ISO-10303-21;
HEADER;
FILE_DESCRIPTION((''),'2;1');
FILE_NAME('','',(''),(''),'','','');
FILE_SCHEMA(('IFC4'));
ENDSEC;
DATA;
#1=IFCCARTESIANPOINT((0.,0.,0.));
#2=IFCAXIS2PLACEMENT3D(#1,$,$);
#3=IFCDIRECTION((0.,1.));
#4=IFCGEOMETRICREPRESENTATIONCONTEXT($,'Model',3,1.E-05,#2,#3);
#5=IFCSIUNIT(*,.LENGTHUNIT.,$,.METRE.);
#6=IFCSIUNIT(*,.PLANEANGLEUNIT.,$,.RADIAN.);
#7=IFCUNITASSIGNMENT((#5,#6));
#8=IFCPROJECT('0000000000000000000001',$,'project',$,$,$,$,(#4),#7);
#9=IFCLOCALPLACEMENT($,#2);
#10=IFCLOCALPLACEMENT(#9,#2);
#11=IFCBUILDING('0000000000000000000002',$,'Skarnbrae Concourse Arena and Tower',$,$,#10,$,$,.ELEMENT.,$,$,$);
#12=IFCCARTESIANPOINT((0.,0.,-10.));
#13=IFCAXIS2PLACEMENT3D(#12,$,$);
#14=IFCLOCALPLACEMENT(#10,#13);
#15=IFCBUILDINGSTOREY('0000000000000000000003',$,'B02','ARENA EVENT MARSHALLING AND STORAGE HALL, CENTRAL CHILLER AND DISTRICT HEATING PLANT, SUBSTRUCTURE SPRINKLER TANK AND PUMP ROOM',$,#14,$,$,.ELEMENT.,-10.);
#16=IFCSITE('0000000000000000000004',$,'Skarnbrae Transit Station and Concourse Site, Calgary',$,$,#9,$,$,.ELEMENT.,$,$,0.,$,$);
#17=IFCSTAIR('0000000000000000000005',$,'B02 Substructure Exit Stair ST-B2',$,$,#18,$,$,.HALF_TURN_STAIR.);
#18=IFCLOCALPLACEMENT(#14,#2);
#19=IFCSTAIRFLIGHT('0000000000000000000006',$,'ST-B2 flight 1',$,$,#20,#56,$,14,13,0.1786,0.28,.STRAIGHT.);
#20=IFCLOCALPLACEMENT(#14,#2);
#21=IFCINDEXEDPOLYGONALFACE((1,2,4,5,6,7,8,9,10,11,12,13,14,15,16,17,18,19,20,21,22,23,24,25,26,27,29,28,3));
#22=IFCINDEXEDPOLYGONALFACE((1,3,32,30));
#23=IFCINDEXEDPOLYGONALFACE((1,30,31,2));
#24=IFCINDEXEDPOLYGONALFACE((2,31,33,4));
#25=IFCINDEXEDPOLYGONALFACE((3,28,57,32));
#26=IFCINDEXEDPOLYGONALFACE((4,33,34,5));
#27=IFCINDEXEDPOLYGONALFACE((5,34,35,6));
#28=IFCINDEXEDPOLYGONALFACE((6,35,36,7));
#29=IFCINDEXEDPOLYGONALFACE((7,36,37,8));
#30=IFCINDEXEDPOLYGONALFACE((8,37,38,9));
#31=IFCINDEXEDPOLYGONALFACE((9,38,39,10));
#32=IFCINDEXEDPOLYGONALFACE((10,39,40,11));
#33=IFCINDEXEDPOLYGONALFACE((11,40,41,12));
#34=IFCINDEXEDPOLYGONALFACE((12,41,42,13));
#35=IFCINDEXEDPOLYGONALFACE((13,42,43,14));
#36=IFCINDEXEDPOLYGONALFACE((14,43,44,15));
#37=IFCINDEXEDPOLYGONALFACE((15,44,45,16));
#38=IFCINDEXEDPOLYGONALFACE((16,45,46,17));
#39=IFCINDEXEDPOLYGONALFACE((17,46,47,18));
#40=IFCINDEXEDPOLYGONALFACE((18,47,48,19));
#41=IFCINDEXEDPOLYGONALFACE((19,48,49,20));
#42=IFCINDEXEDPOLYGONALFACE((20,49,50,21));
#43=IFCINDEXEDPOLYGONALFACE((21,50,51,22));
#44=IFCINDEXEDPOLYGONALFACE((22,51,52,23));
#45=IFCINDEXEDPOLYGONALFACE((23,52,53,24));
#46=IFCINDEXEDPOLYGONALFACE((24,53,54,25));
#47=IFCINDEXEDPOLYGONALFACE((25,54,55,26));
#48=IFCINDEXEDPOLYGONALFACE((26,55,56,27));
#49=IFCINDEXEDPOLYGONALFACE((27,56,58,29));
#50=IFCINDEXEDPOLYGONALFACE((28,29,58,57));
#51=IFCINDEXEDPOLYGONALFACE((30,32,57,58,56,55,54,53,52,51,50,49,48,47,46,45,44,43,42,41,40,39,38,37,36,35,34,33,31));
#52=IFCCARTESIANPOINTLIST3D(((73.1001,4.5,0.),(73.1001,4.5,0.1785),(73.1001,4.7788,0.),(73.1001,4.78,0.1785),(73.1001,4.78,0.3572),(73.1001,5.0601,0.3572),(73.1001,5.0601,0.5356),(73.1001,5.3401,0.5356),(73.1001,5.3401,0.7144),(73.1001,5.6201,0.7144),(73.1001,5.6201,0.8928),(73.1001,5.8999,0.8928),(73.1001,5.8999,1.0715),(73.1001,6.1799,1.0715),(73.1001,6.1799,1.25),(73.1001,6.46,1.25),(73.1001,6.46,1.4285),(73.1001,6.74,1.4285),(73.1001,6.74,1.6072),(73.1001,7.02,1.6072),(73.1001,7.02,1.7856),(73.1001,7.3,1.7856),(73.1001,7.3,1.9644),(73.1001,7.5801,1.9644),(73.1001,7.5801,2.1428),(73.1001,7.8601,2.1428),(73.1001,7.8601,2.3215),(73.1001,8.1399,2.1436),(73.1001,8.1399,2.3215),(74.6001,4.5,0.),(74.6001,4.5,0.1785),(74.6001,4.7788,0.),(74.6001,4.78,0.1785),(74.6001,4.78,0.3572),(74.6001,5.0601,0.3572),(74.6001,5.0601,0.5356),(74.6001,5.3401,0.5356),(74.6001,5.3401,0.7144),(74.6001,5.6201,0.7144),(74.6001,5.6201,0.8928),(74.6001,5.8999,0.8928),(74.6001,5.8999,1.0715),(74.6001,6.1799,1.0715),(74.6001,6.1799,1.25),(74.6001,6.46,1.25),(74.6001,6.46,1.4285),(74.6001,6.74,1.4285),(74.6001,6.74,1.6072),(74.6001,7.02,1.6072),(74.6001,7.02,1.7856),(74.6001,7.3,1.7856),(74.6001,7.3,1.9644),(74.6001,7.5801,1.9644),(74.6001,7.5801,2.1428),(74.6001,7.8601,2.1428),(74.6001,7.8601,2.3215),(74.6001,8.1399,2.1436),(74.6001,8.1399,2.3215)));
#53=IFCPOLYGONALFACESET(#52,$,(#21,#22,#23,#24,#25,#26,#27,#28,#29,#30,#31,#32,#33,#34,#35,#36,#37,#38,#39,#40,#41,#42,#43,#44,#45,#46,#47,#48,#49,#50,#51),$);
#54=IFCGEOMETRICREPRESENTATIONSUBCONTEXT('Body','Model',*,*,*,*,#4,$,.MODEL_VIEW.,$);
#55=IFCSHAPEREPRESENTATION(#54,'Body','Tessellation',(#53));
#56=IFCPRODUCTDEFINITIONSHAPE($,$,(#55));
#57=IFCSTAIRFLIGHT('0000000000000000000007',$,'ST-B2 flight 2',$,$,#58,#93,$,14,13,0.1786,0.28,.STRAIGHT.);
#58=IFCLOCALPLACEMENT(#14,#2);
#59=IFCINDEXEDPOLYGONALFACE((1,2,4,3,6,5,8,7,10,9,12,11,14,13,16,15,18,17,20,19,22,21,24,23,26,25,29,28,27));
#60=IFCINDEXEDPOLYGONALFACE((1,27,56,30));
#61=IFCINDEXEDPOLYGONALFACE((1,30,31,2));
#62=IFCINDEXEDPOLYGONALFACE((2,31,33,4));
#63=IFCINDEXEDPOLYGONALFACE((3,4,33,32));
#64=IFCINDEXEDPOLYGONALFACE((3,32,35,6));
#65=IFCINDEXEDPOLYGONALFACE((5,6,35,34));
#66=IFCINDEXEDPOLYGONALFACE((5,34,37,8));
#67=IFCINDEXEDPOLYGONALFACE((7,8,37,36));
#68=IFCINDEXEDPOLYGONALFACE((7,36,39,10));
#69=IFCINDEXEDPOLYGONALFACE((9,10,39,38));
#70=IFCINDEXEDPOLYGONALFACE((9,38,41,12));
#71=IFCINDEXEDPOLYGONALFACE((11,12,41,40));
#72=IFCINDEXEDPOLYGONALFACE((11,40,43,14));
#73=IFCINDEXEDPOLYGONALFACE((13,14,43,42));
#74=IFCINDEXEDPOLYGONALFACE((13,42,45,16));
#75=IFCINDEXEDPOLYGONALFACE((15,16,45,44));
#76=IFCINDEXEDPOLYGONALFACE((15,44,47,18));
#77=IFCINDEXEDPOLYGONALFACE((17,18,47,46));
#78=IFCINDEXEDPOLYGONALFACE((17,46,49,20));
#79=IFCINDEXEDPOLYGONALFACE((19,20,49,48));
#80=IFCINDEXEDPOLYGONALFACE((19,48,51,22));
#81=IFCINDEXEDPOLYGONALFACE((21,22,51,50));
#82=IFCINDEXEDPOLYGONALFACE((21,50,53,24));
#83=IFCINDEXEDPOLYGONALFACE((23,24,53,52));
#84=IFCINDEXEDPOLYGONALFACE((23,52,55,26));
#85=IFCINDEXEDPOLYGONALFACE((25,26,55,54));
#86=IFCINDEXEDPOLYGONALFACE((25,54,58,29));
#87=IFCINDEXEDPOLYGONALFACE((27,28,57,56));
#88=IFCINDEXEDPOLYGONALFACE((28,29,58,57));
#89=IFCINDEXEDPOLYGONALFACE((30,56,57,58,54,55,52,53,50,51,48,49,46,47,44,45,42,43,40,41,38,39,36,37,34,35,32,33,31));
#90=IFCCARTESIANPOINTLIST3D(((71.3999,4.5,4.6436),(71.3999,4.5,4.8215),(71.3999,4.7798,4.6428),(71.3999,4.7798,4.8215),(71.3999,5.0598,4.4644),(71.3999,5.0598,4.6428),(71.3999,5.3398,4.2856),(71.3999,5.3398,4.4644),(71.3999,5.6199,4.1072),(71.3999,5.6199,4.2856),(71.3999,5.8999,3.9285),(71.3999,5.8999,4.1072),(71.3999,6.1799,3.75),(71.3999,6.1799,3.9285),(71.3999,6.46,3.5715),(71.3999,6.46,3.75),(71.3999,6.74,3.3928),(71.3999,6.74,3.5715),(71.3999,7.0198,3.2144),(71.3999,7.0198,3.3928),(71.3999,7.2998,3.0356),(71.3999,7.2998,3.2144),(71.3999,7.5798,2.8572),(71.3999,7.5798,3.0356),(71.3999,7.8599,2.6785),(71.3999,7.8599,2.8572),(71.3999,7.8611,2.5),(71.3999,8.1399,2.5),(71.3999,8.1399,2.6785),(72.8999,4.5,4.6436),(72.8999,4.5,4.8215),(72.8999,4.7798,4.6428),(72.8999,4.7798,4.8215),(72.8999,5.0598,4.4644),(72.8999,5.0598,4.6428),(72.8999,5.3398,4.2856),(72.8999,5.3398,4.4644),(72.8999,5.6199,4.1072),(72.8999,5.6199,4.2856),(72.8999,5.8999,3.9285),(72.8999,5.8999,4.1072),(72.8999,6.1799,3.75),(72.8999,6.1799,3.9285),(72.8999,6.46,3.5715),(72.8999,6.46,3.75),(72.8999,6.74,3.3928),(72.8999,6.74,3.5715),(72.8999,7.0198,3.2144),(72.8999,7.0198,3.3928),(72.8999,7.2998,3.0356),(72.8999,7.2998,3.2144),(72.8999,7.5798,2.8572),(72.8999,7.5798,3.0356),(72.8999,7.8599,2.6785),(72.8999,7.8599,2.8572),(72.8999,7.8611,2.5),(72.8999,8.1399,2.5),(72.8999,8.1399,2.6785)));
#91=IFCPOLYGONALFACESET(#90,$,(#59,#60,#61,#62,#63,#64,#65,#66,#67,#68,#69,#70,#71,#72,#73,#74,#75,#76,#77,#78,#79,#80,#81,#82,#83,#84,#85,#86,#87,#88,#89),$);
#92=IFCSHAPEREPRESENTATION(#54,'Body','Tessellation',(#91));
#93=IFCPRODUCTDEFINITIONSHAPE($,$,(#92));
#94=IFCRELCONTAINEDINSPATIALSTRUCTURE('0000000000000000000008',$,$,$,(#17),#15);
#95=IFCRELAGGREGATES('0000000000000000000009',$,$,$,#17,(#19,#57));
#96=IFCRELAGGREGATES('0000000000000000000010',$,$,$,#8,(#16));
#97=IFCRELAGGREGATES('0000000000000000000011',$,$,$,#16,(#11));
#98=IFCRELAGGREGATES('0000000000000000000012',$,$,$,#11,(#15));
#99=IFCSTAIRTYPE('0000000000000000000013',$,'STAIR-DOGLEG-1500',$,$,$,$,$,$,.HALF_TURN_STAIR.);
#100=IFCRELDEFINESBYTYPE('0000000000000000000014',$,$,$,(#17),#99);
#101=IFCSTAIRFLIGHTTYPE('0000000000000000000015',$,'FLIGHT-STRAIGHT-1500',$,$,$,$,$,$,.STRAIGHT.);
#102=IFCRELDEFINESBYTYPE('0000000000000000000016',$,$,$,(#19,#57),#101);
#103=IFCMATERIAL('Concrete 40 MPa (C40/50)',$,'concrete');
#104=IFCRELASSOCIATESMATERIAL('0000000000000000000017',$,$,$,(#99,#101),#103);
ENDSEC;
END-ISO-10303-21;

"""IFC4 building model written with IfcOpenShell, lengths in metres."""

from ifc_helpers import new_model, si_unit, direction, frame, origin, place, context, subcontext, project, spatial, polyline, outline, extrude, source, transform, mapped, material, type_object, element, aggregate, save


model = new_model("IFC4")

# Units and contexts
model_context = context("Model", 3, precision=1e-05, world=origin(), true_north=direction((0.0, 1.0)))
body_context = subcontext(model_context, "Body", "Model", "MODEL_VIEW")
ifc_project = project(units=[si_unit("LENGTHUNIT", "METRE"), si_unit("PLANEANGLEUNIT", "RADIAN")], contexts=[model_context])

# Site, building, storey
site_placement = place(None, origin())
site = spatial("IfcSite", under=ifc_project, at=site_placement, Name="Skarnbrae Transit Station and Concourse Site, Calgary", CompositionType="ELEMENT", RefElevation=0.0)
building_placement = place(site_placement, origin())
building = spatial("IfcBuilding", under=site, at=building_placement, Name="Skarnbrae Concourse Arena and Tower", CompositionType="ELEMENT")
storey_placement = place(building_placement, frame((0.0, 0.0, -10.0)))
storey = spatial("IfcBuildingStorey", under=building, at=storey_placement, Name="B02", Description="ARENA EVENT MARSHALLING AND STORAGE HALL, CENTRAL CHILLER AND DISTRICT HEATING PLANT, SUBSTRUCTURE SPRINKLER TANK AND PUMP ROOM", CompositionType="ELEMENT", Elevation=-10.0)

# Stair, stair flights
ifc_material_1 = material(Name="Concrete 40 MPa (C40/50)", Category="concrete")
stair_type = type_object("IfcStairType", Name="STAIR-DOGLEG-1500", PredefinedType="HALF_TURN_STAIR", material=ifc_material_1)
stair_placement = place(storey_placement, origin())
stair = element("IfcStair", 1, at=stair_placement, inside=storey, type_object=stair_type, Name="B02 Substructure Exit Stair ST-B2", PredefinedType="HALF_TURN_STAIR")
stair_flight_type = type_object("IfcStairFlightType", Name="FLIGHT-STRAIGHT-1500", PredefinedType="STRAIGHT", material=ifc_material_1)
shared_shape_1 = source(origin(), body_context, "Body", "SweptSolid", [
    extrude(outline(polyline([(0.0, 0.0), (0.0, 0.1785), (0.28, 0.1785), (0.28, 0.3572), (0.5601, 0.3572), (0.5601, 0.5356), (0.8401, 0.5356), (0.8401, 0.7144), (1.1201, 0.7144), (1.1201, 0.8928), (1.3999, 0.8928), (1.3999, 1.0715), (1.6799, 1.0715), (1.6799, 1.25), (1.96, 1.25), (1.96, 1.4285), (2.24, 1.4285), (2.24, 1.6072), (2.52, 1.6072), (2.52, 1.7856), (2.8, 1.7856), (2.8, 1.9644), (3.0801, 1.9644), (3.0801, 2.1428), (3.3601, 2.1428), (3.3601, 2.3215), (3.6399, 2.3215), (3.6399, 2.5), (3.6399, 2.1436), (0.2788, 0.0), (0.0, 0.0)])), frame((0.0, 0.75, 0.0), z_axis=(0.0, -1.0, 0.0), x_axis=(1.0, 0.0, 0.0)), (0.0, 0.0, 1.0), 1.5),
])
stair_flight_1_placement = place(storey_placement, frame((73.8501, 4.5, 0.0), z_axis=(0.0, 0.0, 1.0), x_axis=(0.0, 1.0, 0.0)))
stair_flight_1 = element("IfcStairFlight", 2, at=stair_flight_1_placement, type_object=stair_flight_type, Name="ST-B2 flight 1", NumberOfRisers=14, NumberOfTreads=13, PredefinedType="STRAIGHT", RiserHeight=0.1786, TreadLength=0.28, context=body_context, shape_type="MappedRepresentation", body=[
    mapped(shared_shape_1, transform((0.0, 0.0, 0.0))),
])
stair_flight_2_placement = place(storey_placement, frame((72.1499, 8.1399, 2.5), z_axis=(0.0, 0.0, 1.0), x_axis=(0.0, -1.0, 0.0)))
stair_flight_2 = element("IfcStairFlight", 3, at=stair_flight_2_placement, type_object=stair_flight_type, Name="ST-B2 flight 2", NumberOfRisers=14, NumberOfTreads=13, PredefinedType="STRAIGHT", RiserHeight=0.1786, TreadLength=0.28, context=body_context, shape_type="MappedRepresentation", body=[
    mapped(shared_shape_1, transform((0.0, 0.0, 0.0))),
])
aggregate(stair, [stair_flight_1, stair_flight_2])

save(model, "model.ifc")
